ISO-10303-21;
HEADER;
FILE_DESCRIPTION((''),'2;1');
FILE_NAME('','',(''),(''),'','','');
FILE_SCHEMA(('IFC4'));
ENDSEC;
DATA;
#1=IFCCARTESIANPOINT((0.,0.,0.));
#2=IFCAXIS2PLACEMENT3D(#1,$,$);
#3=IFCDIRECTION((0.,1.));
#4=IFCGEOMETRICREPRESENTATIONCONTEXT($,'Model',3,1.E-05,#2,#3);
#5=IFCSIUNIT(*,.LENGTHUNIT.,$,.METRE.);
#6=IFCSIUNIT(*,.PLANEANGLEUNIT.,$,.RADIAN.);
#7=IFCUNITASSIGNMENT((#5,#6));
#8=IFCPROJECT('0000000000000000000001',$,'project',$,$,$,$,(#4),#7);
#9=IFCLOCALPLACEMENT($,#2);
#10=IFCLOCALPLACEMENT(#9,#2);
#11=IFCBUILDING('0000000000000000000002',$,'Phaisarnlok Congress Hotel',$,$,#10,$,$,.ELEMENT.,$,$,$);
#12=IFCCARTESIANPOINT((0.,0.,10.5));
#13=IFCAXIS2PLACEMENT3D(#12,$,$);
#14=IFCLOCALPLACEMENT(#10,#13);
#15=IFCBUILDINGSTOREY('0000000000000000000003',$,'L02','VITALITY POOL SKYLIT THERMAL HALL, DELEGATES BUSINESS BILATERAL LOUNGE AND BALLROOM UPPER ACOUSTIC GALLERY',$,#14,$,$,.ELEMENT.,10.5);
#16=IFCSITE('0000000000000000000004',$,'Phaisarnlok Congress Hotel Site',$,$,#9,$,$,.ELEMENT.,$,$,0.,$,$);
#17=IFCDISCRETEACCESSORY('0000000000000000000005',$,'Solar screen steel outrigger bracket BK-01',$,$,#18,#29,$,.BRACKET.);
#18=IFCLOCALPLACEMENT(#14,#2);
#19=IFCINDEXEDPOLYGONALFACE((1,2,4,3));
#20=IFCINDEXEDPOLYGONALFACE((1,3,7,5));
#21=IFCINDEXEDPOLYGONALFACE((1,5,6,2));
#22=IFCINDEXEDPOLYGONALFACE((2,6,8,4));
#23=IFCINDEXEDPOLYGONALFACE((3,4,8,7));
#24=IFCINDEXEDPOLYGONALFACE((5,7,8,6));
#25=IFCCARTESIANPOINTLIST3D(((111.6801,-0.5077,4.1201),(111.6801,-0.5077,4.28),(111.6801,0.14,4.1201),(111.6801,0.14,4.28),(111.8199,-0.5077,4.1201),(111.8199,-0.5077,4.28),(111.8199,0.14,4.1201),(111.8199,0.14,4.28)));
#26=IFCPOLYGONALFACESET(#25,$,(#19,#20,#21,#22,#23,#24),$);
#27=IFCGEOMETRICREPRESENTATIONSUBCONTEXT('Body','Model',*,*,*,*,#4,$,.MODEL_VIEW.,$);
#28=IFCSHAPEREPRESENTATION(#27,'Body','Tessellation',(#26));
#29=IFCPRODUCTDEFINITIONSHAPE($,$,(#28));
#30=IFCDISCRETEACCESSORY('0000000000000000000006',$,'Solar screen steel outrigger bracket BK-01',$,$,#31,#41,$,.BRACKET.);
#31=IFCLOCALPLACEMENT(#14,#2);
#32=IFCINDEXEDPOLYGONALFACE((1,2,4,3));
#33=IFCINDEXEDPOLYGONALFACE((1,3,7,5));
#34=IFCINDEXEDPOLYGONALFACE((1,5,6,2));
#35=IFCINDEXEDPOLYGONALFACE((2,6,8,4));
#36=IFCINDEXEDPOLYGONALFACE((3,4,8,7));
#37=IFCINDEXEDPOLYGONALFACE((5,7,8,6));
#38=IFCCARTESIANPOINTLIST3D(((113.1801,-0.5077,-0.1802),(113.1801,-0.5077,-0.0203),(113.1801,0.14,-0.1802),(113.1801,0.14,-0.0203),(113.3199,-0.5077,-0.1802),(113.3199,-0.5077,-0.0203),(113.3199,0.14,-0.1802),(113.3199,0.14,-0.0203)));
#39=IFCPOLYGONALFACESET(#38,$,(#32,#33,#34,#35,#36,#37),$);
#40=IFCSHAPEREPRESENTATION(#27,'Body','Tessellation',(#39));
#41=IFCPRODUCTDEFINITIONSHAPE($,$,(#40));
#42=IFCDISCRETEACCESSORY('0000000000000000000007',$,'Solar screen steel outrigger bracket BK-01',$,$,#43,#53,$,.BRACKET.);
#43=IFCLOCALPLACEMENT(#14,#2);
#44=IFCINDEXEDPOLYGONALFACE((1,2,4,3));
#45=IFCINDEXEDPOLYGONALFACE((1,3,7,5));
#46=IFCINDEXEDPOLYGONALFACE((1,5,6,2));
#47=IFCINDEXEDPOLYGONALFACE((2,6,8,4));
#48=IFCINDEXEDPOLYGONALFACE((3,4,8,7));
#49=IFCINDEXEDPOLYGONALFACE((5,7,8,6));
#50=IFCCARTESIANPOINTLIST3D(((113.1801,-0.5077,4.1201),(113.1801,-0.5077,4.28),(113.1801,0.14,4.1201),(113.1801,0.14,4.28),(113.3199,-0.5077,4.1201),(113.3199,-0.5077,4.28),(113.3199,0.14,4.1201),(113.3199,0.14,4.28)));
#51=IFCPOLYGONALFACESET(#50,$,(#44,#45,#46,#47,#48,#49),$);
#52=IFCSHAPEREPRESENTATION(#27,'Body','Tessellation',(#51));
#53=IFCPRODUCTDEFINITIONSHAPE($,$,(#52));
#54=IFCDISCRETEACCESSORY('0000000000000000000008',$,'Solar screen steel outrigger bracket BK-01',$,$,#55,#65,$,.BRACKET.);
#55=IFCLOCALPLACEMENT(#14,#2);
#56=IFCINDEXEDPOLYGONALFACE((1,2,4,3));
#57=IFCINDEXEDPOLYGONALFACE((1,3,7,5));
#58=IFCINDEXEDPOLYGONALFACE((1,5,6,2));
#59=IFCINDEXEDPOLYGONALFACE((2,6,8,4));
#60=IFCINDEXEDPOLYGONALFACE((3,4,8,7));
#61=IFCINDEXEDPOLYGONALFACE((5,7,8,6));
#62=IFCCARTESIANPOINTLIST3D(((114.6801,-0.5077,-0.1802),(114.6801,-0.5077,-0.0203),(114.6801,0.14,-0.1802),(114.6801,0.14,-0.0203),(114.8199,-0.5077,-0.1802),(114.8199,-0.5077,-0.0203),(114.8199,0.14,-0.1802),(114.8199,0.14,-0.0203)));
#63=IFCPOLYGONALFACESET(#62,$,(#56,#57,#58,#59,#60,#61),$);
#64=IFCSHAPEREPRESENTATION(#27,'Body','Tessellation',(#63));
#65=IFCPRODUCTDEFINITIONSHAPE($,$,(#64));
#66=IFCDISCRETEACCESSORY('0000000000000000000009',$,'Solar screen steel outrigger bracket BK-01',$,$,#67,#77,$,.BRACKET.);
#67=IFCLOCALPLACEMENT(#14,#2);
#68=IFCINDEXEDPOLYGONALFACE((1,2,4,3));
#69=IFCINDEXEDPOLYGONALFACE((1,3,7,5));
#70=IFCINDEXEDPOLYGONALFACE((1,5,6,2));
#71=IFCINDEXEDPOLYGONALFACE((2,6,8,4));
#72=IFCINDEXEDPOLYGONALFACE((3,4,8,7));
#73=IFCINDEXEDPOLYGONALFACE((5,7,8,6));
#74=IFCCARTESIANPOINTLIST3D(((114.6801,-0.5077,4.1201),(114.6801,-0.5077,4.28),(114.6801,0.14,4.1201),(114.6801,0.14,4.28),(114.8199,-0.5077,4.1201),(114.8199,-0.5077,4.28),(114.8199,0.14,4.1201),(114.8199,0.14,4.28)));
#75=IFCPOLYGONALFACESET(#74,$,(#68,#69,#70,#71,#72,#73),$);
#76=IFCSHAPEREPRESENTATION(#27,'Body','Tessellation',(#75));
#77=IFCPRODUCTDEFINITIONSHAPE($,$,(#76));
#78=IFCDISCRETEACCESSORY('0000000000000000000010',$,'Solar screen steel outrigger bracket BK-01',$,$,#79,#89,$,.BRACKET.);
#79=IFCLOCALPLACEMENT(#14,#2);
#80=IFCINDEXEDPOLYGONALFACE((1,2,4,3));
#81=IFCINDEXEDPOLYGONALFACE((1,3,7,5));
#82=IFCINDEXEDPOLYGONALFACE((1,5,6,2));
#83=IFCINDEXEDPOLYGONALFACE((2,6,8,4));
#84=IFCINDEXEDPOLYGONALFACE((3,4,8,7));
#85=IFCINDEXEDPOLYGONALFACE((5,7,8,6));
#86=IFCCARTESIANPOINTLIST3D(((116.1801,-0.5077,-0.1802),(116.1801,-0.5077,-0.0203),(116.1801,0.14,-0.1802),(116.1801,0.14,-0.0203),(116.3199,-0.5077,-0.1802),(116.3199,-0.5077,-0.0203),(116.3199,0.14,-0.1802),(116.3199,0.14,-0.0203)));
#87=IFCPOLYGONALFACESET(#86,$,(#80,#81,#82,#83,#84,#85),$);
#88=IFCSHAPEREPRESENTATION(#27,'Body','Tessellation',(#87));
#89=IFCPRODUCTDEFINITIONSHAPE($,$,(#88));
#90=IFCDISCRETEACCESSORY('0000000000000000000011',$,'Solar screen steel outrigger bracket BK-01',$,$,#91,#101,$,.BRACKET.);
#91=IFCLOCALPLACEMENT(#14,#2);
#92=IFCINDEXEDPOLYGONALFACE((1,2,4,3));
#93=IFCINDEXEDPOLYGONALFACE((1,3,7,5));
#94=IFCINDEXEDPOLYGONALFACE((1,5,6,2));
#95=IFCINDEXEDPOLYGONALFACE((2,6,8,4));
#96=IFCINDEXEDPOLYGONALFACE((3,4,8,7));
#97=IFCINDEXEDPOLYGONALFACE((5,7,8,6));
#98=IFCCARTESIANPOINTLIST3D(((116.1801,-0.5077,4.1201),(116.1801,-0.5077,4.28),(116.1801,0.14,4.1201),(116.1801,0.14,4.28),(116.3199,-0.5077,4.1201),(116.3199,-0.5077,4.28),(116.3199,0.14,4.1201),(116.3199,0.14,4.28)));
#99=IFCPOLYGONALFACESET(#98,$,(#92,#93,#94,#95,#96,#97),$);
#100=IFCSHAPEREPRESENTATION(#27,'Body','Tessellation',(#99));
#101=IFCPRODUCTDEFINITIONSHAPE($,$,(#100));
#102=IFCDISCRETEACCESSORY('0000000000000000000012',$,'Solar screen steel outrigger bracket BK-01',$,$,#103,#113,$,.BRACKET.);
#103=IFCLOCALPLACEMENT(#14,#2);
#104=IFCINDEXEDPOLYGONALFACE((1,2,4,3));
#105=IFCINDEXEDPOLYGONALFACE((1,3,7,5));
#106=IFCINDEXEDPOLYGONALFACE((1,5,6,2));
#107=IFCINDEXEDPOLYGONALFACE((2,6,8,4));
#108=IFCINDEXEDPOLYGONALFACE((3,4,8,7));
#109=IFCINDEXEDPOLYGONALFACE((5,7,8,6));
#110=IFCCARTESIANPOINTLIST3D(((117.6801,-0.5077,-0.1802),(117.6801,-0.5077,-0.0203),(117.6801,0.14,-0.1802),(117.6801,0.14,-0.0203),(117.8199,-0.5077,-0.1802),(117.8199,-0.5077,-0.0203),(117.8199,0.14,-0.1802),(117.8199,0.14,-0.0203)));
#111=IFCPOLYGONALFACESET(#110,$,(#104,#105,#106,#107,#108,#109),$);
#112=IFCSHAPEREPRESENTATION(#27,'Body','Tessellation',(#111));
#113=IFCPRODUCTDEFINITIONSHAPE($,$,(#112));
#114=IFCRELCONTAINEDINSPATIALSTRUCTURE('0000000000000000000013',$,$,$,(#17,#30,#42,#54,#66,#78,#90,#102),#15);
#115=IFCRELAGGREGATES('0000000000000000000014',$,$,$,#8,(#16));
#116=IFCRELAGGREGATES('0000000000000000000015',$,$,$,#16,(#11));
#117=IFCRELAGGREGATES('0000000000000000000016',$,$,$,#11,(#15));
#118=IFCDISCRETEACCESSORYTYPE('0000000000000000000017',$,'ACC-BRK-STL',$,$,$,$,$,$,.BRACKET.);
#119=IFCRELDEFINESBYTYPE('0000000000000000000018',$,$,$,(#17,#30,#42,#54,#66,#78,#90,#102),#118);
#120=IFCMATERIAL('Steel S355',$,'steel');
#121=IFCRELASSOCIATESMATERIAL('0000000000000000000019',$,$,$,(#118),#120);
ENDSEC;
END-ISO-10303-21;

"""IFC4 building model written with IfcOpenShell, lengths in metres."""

from ifc_helpers import new_model, si_unit, direction, frame, origin, origin_2d, place, context, subcontext, project, spatial, rectangle, extrude, material, type_object, element, save


model = new_model("IFC4")

# Units and contexts
model_context = context("Model", 3, precision=1e-05, world=origin(), true_north=direction((0.0, 1.0)))
body_context = subcontext(model_context, "Body", "Model", "MODEL_VIEW")
ifc_project = project(units=[si_unit("LENGTHUNIT", "METRE"), si_unit("PLANEANGLEUNIT", "RADIAN")], contexts=[model_context])

# Site, building, storey
site_placement = place(None, origin())
site = spatial("IfcSite", under=ifc_project, at=site_placement, Name="Phaisarnlok Congress Hotel Site", CompositionType="ELEMENT", RefElevation=0.0)
building_placement = place(site_placement, origin())
building = spatial("IfcBuilding", under=site, at=building_placement, Name="Phaisarnlok Congress Hotel", CompositionType="ELEMENT")
storey_placement = place(building_placement, frame((0.0, 0.0, 10.5)))
storey = spatial("IfcBuildingStorey", under=building, at=storey_placement, Name="L02", Description="VITALITY POOL SKYLIT THERMAL HALL, DELEGATES BUSINESS BILATERAL LOUNGE AND BALLROOM UPPER ACOUSTIC GALLERY", CompositionType="ELEMENT", Elevation=10.5)

# Discrete accessories
ifc_material_1 = material(Name="Steel S355", Category="steel")
discrete_accessory_type = type_object("IfcDiscreteAccessoryType", Name="ACC-BRK-STL", PredefinedType="BRACKET", material=ifc_material_1)
for number, where, z_axis, x_axis, name in (
    (1, (111.75, -0.1838, 4.1201), (0.0, 0.0, 1.0), (1.0, 0.0, 0.0), "Solar screen steel outrigger bracket BK-01"),
    (2, (113.25, -0.1838, -0.1802), (0.0, 0.0, 1.0), (1.0, 0.0, 0.0), "Solar screen steel outrigger bracket BK-01"),
    (3, (113.25, -0.1838, 4.1201), (0.0, 0.0, 1.0), (1.0, 0.0, 0.0), "Solar screen steel outrigger bracket BK-01"),
    (4, (114.75, -0.1838, -0.1802), (0.0, 0.0, 1.0), (1.0, 0.0, 0.0), "Solar screen steel outrigger bracket BK-01"),
    (5, (114.75, -0.1838, 4.1201), (0.0, 0.0, 1.0), (1.0, 0.0, 0.0), "Solar screen steel outrigger bracket BK-01"),
    (6, (116.25, -0.1838, -0.1802), (0.0, 0.0, 1.0), (1.0, 0.0, 0.0), "Solar screen steel outrigger bracket BK-01"),
    (7, (116.25, -0.1838, 4.1201), (0.0, 0.0, 1.0), (1.0, 0.0, 0.0), "Solar screen steel outrigger bracket BK-01"),
    (8, (117.75, -0.1838, -0.1802), (0.0, 0.0, 1.0), (1.0, 0.0, 0.0), "Solar screen steel outrigger bracket BK-01"),
):
    element("IfcDiscreteAccessory", number, at=place(storey_placement, frame(where, z_axis=z_axis, x_axis=x_axis)), inside=storey, type_object=discrete_accessory_type, Name=name, PredefinedType="BRACKET", context=body_context, shape_type="SweptSolid", body=[
        extrude(rectangle(XDim=0.1399, YDim=0.6477, at=origin_2d()), origin(), (0.0, 0.0, 1.0), 0.1599),
    ])

save(model, "model.ifc")
